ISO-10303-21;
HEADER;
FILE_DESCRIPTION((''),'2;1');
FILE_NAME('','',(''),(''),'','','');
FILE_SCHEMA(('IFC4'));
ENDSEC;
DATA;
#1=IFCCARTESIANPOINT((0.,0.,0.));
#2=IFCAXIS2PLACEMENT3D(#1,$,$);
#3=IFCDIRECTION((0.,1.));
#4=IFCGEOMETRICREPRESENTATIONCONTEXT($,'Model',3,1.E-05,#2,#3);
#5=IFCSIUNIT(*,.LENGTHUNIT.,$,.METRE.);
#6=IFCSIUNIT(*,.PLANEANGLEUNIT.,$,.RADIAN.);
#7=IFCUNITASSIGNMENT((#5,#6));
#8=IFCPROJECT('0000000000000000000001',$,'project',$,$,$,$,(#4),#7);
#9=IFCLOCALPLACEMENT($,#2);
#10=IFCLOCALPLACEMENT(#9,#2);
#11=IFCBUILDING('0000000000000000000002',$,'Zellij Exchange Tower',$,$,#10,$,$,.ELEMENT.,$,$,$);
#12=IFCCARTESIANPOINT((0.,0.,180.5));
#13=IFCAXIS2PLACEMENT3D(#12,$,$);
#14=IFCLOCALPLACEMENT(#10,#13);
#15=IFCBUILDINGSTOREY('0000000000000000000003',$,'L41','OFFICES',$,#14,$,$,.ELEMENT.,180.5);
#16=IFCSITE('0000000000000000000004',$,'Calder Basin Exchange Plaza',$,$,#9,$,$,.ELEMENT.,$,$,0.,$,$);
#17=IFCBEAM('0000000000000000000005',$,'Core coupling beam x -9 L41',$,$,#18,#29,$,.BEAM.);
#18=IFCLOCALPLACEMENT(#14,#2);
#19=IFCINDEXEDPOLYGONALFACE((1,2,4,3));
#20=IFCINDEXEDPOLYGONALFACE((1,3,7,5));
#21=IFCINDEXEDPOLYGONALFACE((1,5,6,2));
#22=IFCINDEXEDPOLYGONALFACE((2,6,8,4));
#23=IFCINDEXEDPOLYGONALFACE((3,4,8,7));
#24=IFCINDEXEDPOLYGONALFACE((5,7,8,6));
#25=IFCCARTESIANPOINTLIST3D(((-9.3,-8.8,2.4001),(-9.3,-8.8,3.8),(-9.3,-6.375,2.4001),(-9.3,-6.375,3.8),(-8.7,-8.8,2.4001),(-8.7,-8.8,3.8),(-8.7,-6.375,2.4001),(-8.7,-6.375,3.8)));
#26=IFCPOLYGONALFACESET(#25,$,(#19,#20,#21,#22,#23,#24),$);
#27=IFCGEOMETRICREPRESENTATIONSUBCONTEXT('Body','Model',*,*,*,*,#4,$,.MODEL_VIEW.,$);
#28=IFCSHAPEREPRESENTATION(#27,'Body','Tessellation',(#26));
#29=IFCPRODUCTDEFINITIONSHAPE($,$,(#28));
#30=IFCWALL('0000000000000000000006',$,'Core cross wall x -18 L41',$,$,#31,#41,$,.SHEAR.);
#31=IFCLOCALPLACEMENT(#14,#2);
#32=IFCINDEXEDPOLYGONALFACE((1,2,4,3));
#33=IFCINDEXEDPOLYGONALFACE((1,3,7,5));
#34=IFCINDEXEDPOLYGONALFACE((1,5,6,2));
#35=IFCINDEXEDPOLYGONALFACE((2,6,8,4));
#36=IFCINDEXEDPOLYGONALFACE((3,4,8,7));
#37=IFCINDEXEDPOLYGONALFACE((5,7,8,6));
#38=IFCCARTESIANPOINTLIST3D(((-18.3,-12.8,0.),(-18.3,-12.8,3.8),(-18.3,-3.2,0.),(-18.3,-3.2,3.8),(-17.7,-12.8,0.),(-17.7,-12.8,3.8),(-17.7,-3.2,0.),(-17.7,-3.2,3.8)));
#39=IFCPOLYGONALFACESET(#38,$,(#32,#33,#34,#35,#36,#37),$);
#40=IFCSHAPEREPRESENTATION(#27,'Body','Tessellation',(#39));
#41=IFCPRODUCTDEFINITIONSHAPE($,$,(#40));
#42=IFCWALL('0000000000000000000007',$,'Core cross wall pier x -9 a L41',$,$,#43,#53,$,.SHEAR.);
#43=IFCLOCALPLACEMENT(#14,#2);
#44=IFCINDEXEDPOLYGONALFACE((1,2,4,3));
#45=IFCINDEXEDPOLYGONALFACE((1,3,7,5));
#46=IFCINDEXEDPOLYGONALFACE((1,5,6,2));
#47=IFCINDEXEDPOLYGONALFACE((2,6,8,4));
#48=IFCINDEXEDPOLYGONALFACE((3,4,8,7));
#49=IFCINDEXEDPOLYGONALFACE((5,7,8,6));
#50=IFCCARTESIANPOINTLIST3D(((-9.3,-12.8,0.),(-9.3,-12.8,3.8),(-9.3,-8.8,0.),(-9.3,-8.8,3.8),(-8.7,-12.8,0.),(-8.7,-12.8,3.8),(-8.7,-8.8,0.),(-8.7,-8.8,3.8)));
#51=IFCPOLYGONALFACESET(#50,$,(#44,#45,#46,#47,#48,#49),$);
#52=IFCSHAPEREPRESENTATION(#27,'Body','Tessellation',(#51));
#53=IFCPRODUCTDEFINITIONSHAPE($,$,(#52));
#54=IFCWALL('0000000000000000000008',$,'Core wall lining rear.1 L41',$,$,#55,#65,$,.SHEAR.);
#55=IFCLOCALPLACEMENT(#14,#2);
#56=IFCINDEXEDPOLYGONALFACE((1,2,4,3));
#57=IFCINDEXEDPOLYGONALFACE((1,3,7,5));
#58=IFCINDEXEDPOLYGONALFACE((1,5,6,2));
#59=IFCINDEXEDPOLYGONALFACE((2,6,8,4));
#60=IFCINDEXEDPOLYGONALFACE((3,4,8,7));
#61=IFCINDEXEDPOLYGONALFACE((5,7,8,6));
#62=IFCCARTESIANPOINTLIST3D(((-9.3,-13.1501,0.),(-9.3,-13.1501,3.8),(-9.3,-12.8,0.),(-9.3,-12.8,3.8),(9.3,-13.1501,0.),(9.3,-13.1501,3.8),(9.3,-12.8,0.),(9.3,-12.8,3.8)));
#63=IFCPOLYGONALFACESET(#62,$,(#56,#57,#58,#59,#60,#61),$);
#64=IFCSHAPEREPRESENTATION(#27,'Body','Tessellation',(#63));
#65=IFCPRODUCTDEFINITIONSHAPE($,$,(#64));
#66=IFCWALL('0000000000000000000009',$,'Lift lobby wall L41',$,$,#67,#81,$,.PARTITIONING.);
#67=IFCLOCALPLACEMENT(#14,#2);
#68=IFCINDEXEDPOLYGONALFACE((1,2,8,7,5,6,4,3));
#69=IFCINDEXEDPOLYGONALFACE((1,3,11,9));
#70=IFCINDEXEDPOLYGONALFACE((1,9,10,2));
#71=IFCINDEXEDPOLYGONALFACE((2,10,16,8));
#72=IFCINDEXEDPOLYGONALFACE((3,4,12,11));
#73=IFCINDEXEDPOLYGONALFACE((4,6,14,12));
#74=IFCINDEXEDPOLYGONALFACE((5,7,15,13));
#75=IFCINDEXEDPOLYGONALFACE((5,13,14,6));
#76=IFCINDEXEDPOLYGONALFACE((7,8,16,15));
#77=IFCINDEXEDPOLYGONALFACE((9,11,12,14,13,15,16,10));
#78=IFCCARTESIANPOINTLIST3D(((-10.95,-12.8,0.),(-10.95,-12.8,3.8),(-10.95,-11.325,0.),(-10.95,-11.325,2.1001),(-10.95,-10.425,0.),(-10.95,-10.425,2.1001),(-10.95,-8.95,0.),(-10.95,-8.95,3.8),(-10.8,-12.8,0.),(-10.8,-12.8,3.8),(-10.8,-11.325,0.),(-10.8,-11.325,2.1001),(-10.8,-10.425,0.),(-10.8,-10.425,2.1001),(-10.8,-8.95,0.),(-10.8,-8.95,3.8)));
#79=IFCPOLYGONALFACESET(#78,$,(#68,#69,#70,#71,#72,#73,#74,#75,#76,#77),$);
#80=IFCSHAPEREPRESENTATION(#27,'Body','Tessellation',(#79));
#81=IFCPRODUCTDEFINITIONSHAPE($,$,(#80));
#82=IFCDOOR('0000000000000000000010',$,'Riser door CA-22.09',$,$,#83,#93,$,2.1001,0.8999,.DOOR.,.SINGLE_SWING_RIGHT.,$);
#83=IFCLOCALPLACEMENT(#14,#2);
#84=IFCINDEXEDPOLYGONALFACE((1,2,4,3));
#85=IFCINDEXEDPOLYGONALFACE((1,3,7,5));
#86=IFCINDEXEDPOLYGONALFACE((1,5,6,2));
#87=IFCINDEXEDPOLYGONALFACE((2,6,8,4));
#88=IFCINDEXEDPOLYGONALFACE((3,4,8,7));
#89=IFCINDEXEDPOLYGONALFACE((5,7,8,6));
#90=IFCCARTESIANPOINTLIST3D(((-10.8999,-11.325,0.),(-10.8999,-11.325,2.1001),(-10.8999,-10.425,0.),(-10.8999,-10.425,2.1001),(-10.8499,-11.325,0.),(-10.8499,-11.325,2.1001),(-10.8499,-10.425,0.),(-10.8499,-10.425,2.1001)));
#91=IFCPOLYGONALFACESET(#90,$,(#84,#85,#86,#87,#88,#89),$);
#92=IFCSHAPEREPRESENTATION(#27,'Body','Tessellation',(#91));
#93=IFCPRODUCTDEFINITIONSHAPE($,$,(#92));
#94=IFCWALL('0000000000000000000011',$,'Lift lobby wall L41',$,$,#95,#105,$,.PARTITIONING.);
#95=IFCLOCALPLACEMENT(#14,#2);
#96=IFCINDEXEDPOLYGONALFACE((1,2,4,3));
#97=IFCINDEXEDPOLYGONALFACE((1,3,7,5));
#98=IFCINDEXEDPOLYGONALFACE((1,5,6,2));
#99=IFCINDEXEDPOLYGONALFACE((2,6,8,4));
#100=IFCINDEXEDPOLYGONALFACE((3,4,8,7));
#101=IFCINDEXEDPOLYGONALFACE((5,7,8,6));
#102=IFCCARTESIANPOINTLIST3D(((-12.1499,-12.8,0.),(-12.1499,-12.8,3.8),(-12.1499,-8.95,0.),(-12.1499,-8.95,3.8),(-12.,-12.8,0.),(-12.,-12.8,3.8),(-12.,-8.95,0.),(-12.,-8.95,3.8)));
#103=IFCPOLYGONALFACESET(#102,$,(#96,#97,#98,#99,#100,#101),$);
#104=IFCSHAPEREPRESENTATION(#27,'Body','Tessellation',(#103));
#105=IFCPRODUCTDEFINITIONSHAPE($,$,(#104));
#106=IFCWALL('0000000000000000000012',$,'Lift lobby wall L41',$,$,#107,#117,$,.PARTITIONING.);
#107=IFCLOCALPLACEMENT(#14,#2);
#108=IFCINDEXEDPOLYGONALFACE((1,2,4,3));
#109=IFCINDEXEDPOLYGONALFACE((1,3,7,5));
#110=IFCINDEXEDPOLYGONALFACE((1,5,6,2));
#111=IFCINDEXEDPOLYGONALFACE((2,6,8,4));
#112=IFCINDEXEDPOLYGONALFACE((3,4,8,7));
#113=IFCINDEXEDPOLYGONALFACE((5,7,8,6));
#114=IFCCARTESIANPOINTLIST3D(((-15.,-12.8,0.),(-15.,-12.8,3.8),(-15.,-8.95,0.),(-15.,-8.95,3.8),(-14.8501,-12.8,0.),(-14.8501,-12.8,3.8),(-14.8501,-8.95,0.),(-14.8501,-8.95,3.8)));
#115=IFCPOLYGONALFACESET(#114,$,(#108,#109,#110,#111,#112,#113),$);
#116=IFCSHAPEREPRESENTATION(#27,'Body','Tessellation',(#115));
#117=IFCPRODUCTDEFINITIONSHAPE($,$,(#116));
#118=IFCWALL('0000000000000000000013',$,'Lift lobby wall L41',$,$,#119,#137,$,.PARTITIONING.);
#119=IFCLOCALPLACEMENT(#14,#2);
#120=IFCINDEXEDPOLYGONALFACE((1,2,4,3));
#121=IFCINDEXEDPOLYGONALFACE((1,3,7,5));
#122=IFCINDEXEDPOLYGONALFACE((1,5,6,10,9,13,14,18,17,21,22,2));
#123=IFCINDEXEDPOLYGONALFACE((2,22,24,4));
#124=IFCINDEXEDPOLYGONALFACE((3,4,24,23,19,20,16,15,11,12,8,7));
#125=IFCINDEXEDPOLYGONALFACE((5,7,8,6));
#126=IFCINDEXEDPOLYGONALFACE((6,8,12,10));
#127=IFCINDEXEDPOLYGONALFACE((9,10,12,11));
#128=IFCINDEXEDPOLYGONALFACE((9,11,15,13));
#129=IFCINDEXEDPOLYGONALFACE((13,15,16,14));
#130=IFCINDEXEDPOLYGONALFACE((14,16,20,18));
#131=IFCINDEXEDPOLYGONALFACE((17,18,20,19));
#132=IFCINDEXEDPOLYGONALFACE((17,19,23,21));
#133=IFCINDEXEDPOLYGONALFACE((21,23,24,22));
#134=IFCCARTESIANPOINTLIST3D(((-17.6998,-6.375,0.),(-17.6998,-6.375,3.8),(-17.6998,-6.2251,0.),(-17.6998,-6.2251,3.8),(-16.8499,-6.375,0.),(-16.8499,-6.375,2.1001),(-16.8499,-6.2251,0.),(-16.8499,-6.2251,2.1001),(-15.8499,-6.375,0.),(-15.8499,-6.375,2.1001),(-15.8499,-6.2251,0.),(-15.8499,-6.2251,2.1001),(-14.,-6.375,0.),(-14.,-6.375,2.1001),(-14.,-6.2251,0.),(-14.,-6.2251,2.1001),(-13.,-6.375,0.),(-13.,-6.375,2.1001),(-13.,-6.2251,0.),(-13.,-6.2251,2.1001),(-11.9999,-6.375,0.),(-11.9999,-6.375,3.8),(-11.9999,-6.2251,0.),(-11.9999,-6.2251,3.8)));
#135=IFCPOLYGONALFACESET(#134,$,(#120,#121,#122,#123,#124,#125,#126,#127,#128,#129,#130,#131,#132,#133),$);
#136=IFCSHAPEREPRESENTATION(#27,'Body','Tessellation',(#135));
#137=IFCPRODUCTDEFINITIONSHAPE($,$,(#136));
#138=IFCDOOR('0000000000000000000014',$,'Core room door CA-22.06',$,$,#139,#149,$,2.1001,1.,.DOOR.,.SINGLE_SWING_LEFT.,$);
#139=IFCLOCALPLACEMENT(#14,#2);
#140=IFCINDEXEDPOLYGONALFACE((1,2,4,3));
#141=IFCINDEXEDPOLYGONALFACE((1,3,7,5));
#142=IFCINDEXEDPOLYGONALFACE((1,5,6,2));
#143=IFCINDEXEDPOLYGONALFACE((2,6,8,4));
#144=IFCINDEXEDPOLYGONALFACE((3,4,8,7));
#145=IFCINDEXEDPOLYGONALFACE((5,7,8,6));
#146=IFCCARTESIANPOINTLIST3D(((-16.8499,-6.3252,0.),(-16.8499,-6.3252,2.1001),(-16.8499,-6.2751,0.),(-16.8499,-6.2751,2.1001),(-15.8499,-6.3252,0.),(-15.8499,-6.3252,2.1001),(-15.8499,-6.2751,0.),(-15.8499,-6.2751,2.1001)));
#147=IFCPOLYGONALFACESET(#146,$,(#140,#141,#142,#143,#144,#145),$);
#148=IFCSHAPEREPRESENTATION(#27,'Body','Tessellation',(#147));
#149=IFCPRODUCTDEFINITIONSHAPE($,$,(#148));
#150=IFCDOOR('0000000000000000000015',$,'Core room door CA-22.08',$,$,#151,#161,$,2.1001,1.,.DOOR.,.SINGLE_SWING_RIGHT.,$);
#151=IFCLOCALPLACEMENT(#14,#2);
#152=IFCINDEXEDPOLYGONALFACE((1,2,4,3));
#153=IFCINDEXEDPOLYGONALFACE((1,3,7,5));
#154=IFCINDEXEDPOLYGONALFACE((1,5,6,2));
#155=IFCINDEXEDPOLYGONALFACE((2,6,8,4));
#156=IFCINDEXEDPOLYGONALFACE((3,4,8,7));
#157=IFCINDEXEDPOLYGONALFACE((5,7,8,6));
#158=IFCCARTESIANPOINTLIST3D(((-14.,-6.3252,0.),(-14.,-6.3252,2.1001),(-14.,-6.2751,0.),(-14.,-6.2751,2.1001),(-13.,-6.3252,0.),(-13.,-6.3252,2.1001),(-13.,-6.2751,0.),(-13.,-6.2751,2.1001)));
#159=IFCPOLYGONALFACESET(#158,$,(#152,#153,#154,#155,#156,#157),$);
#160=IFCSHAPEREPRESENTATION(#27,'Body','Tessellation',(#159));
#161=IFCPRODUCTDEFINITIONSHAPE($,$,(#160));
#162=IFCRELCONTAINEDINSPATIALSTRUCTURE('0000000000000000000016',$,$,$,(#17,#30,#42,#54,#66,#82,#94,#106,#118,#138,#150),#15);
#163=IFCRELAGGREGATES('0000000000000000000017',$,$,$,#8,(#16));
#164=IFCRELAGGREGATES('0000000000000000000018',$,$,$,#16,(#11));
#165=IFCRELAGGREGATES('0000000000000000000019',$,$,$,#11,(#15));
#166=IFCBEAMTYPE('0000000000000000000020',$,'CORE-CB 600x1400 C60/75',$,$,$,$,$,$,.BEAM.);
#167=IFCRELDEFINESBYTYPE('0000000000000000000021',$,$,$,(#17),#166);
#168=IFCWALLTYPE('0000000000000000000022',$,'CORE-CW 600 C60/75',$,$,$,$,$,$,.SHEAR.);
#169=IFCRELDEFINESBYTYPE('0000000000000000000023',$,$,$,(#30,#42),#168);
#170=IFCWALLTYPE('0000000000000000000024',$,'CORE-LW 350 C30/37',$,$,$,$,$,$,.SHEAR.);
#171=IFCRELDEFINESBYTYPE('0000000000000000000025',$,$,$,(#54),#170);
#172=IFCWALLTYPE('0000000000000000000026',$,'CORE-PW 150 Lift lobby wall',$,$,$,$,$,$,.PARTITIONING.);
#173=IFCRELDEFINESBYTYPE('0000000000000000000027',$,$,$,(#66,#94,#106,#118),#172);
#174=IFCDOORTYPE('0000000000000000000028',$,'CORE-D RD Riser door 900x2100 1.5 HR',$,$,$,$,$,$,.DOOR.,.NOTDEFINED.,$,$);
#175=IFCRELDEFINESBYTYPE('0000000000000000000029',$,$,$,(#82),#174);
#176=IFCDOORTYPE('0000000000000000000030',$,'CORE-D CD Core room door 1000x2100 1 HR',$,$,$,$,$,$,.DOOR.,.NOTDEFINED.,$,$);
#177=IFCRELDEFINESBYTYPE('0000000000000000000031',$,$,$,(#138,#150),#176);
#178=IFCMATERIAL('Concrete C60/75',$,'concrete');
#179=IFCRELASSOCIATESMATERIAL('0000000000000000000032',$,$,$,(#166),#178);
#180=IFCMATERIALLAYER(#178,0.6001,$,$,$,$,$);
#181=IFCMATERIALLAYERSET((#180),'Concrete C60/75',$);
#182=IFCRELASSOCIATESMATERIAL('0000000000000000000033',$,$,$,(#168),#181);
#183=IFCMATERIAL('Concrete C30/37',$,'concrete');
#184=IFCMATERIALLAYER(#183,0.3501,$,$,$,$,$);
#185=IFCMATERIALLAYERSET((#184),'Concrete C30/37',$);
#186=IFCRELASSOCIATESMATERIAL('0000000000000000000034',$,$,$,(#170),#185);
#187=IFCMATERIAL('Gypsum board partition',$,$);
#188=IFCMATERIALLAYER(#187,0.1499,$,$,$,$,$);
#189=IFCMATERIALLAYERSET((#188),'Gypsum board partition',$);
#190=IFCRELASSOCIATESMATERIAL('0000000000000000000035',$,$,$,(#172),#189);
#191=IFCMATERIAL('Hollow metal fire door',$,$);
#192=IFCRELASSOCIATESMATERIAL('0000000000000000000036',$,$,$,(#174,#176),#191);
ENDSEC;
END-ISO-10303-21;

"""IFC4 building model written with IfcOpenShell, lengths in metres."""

from ifc_helpers import new_model, si_unit, direction, frame, frame_2d, origin, origin_2d, place, context, subcontext, project, spatial, rectangle, extrude, material, layer, layer_set, material_profile, profile_set, type_object, element, fill, save


model = new_model("IFC4")

# Units and contexts
model_context = context("Model", 3, precision=1e-05, world=origin(), true_north=direction((0.0, 1.0)))
body_context = subcontext(model_context, "Body", "Model", "MODEL_VIEW")
ifc_project = project(units=[si_unit("LENGTHUNIT", "METRE"), si_unit("PLANEANGLEUNIT", "RADIAN")], contexts=[model_context])

# Site, building, storey
site_placement = place(None, origin())
site = spatial("IfcSite", under=ifc_project, at=site_placement, Name="Calder Basin Exchange Plaza", CompositionType="ELEMENT", RefElevation=0.0)
building_placement = place(site_placement, origin())
building = spatial("IfcBuilding", under=site, at=building_placement, Name="Zellij Exchange Tower", CompositionType="ELEMENT")
storey_placement = place(building_placement, frame((0.0, 0.0, 180.5)))
storey = spatial("IfcBuildingStorey", under=building, at=storey_placement, Name="L41", Description="OFFICES", CompositionType="ELEMENT", Elevation=180.5)

# Beam
ifc_material_1 = material(Name="Concrete C60/75", Category="concrete")
ifc_material_profile = material_profile(ifc_material_1, rectangle(XDim=0.6001, YDim=1.3999, at=origin_2d()), Name="CORE-CB 600x1400 C60/75")
ifc_profile_set = profile_set([ifc_material_profile], Name="Concrete C60/75")
beam_type = type_object("IfcBeamType", Name="CORE-CB 600x1400 C60/75", PredefinedType="BEAM", material=ifc_profile_set)
beam_placement = place(storey_placement, frame((-9.0, -8.8, 3.1001), z_axis=(0.0, 1.0, 0.0), x_axis=(-1.0, 0.0, 0.0)))
element("IfcBeam", 1, at=beam_placement, inside=storey, type_object=beam_type, Name="Core coupling beam x -9 L41", PredefinedType="BEAM", context=body_context, shape_type="SweptSolid", body=[
    extrude(rectangle(XDim=0.6001, YDim=1.3999, at=origin_2d()), origin(), (0.0, 0.0, 1.0), 2.425),
])

# Walls
ifc_layer_1 = layer(ifc_material_1, 0.6001)
ifc_layer_set_1 = layer_set([ifc_layer_1], Name="Concrete C60/75")
wall_type_1 = type_object("IfcWallType", Name="CORE-CW 600 C60/75", PredefinedType="SHEAR", material=ifc_layer_set_1)
wall_1_placement = place(storey_placement, frame((-18.0, -12.8, 0.0), z_axis=(0.0, 0.0, 1.0), x_axis=(0.0, 1.0, 0.0)))
element("IfcWall", 2, at=wall_1_placement, inside=storey, type_object=wall_type_1, Name="Core cross wall x -18 L41", PredefinedType="SHEAR", context=body_context, shape_type="SweptSolid", body=[
    extrude(rectangle(XDim=9.6001, YDim=0.6001, at=frame_2d((4.8, 0.0))), origin(), (0.0, 0.0, 1.0), 3.8),
])
wall_2_placement = place(storey_placement, frame((-9.0, -12.8, 0.0), z_axis=(0.0, 0.0, 1.0), x_axis=(0.0, 1.0, 0.0)))
element("IfcWall", 3, at=wall_2_placement, inside=storey, type_object=wall_type_1, Name="Core cross wall pier x -9 a L41", PredefinedType="SHEAR", context=body_context, shape_type="SweptSolid", body=[
    extrude(rectangle(XDim=4.0, YDim=0.6001, at=frame_2d((2.0, 0.0))), origin(), (0.0, 0.0, 1.0), 3.8),
])
ifc_material_2 = material(Name="Concrete C30/37", Category="concrete")
ifc_layer_2 = layer(ifc_material_2, 0.3501)
ifc_layer_set_2 = layer_set([ifc_layer_2], Name="Concrete C30/37")
wall_type_2 = type_object("IfcWallType", Name="CORE-LW 350 C30/37", PredefinedType="SHEAR", material=ifc_layer_set_2)
wall_3_placement = place(storey_placement, frame((-9.3, -12.9751, 0.0), z_axis=(0.0, 0.0, 1.0), x_axis=(1.0, 0.0, 0.0)))
element("IfcWall", 4, at=wall_3_placement, inside=storey, type_object=wall_type_2, Name="Core wall lining rear.1 L41", PredefinedType="SHEAR", context=body_context, shape_type="SweptSolid", body=[
    extrude(rectangle(XDim=18.6001, YDim=0.3501, at=frame_2d((9.3, 0.0))), origin(), (0.0, 0.0, 1.0), 3.8),
])

# Wall, opening, door
ifc_material_3 = material(Name="Gypsum board partition")
ifc_layer_3 = layer(ifc_material_3, 0.1499)
ifc_layer_set_3 = layer_set([ifc_layer_3], Name="Gypsum board partition")
wall_type_3 = type_object("IfcWallType", Name="CORE-PW 150 Lift lobby wall", PredefinedType="PARTITIONING", material=ifc_layer_set_3)
wall_4_placement = place(storey_placement, frame((-10.875, -12.8, 0.0), z_axis=(0.0, 0.0, 1.0), x_axis=(0.0, 1.0, 0.0)))
wall_4 = element("IfcWall", 5, at=wall_4_placement, inside=storey, type_object=wall_type_3, Name="Lift lobby wall L41", PredefinedType="PARTITIONING", context=body_context, shape_type="SweptSolid", body=[
    extrude(rectangle(XDim=3.8501, YDim=0.1499, at=frame_2d((1.925, 0.0))), origin(), (0.0, 0.0, 1.0), 3.8),
])
opening_1_placement = place(wall_4_placement, frame((1.4751, 0.0, 0.0)))
opening_1 = element("IfcOpeningElement", 6, at=opening_1_placement, cuts=wall_4, PredefinedType="OPENING", context=body_context, shape_type="SweptSolid", body=[
    extrude(rectangle(XDim=0.8999, YDim=2.1001, at=frame_2d((0.45, 1.05))), frame((0.0, 0.0869, 0.0), z_axis=(0.0, -1.0, 0.0), x_axis=(1.0, 0.0, 0.0)), (0.0, 0.0, 1.0), 0.1738),
])
ifc_material_4 = material(Name="Hollow metal fire door")
door_type_1 = type_object("IfcDoorType", Name="CORE-D RD Riser door 900x2100 1.5 HR", OperationType="NOTDEFINED", PredefinedType="DOOR", material=ifc_material_4)
door_1_placement = place(opening_1_placement, origin())
door_1 = element("IfcDoor", 7, at=door_1_placement, inside=storey, type_object=door_type_1, Name="Riser door CA-22.09", OperationType="SINGLE_SWING_RIGHT", OverallHeight=2.1001, OverallWidth=0.8999, PredefinedType="DOOR", context=body_context, shape_type="SweptSolid", body=[
    extrude(rectangle(XDim=0.8999, YDim=2.1001, at=frame_2d((0.45, 1.05))), frame((0.0, 0.0249, 0.0), z_axis=(0.0, -1.0, 0.0), x_axis=(1.0, 0.0, 0.0)), (0.0, 0.0, 1.0), 0.05),
])
fill(opening_1, door_1)

# Walls
for number, where, z_axis, x_axis, name in (
    (8, (-12.075, -12.8, 0.0), (0.0, 0.0, 1.0), (0.0, 1.0, 0.0), "Lift lobby wall L41"),
    (9, (-14.925, -12.8, 0.0), (0.0, 0.0, 1.0), (0.0, 1.0, 0.0), "Lift lobby wall L41"),
):
    element("IfcWall", number, at=place(storey_placement, frame(where, z_axis=z_axis, x_axis=x_axis)), inside=storey, type_object=wall_type_3, Name=name, PredefinedType="PARTITIONING", context=body_context, shape_type="SweptSolid", body=[
        extrude(rectangle(XDim=3.8501, YDim=0.1499, at=frame_2d((1.925, 0.0))), origin(), (0.0, 0.0, 1.0), 3.8),
    ])

# Wall, openings, doors
wall_5_placement = place(storey_placement, frame((-17.7, -6.3, 0.0), z_axis=(0.0, 0.0, 1.0), x_axis=(1.0, 0.0, 0.0)))
wall_5 = element("IfcWall", 10, at=wall_5_placement, inside=storey, type_object=wall_type_3, Name="Lift lobby wall L41", PredefinedType="PARTITIONING", context=body_context, shape_type="SweptSolid", body=[
    extrude(rectangle(XDim=5.7, YDim=0.1499, at=frame_2d((2.8501, 0.0))), origin(), (0.0, 0.0, 1.0), 3.8),
])
opening_2_placement = place(wall_5_placement, frame((0.8501, 0.0, 0.0)))
opening_2 = element("IfcOpeningElement", 11, at=opening_2_placement, cuts=wall_5, PredefinedType="OPENING", context=body_context, shape_type="SweptSolid", body=[
    extrude(rectangle(XDim=1.0, YDim=2.1001, at=frame_2d((0.5, 1.05))), frame((0.0, 0.0869, 0.0), z_axis=(0.0, -1.0, 0.0), x_axis=(1.0, 0.0, 0.0)), (0.0, 0.0, 1.0), 0.1738),
])
opening_3_placement = place(wall_5_placement, frame((3.7, 0.0, 0.0)))
opening_3 = element("IfcOpeningElement", 12, at=opening_3_placement, cuts=wall_5, PredefinedType="OPENING", context=body_context, shape_type="SweptSolid", body=[
    extrude(rectangle(XDim=1.0, YDim=2.1001, at=frame_2d((0.5, 1.05))), frame((0.0, 0.0869, 0.0), z_axis=(0.0, -1.0, 0.0), x_axis=(1.0, 0.0, 0.0)), (0.0, 0.0, 1.0), 0.1738),
])
door_type_2 = type_object("IfcDoorType", Name="CORE-D CD Core room door 1000x2100 1 HR", OperationType="NOTDEFINED", PredefinedType="DOOR", material=ifc_material_4)
door_2_placement = place(opening_2_placement, origin())
door_2 = element("IfcDoor", 13, at=door_2_placement, inside=storey, type_object=door_type_2, Name="Core room door CA-22.06", OperationType="SINGLE_SWING_LEFT", OverallHeight=2.1001, OverallWidth=1.0, PredefinedType="DOOR", context=body_context, shape_type="SweptSolid", body=[
    extrude(rectangle(XDim=1.0, YDim=2.1001, at=frame_2d((0.5, 1.05))), frame((0.0, 0.0249, 0.0), z_axis=(0.0, -1.0, 0.0), x_axis=(1.0, 0.0, 0.0)), (0.0, 0.0, 1.0), 0.05),
])
fill(opening_2, door_2)
door_3_placement = place(opening_3_placement, origin())
door_3 = element("IfcDoor", 14, at=door_3_placement, inside=storey, type_object=door_type_2, Name="Core room door CA-22.08", OperationType="SINGLE_SWING_RIGHT", OverallHeight=2.1001, OverallWidth=1.0, PredefinedType="DOOR", context=body_context, shape_type="SweptSolid", body=[
    extrude(rectangle(XDim=1.0, YDim=2.1001, at=frame_2d((0.5, 1.05))), frame((0.0, 0.0249, 0.0), z_axis=(0.0, -1.0, 0.0), x_axis=(1.0, 0.0, 0.0)), (0.0, 0.0, 1.0), 0.05),
])
fill(opening_3, door_3)

save(model, "model.ifc")
